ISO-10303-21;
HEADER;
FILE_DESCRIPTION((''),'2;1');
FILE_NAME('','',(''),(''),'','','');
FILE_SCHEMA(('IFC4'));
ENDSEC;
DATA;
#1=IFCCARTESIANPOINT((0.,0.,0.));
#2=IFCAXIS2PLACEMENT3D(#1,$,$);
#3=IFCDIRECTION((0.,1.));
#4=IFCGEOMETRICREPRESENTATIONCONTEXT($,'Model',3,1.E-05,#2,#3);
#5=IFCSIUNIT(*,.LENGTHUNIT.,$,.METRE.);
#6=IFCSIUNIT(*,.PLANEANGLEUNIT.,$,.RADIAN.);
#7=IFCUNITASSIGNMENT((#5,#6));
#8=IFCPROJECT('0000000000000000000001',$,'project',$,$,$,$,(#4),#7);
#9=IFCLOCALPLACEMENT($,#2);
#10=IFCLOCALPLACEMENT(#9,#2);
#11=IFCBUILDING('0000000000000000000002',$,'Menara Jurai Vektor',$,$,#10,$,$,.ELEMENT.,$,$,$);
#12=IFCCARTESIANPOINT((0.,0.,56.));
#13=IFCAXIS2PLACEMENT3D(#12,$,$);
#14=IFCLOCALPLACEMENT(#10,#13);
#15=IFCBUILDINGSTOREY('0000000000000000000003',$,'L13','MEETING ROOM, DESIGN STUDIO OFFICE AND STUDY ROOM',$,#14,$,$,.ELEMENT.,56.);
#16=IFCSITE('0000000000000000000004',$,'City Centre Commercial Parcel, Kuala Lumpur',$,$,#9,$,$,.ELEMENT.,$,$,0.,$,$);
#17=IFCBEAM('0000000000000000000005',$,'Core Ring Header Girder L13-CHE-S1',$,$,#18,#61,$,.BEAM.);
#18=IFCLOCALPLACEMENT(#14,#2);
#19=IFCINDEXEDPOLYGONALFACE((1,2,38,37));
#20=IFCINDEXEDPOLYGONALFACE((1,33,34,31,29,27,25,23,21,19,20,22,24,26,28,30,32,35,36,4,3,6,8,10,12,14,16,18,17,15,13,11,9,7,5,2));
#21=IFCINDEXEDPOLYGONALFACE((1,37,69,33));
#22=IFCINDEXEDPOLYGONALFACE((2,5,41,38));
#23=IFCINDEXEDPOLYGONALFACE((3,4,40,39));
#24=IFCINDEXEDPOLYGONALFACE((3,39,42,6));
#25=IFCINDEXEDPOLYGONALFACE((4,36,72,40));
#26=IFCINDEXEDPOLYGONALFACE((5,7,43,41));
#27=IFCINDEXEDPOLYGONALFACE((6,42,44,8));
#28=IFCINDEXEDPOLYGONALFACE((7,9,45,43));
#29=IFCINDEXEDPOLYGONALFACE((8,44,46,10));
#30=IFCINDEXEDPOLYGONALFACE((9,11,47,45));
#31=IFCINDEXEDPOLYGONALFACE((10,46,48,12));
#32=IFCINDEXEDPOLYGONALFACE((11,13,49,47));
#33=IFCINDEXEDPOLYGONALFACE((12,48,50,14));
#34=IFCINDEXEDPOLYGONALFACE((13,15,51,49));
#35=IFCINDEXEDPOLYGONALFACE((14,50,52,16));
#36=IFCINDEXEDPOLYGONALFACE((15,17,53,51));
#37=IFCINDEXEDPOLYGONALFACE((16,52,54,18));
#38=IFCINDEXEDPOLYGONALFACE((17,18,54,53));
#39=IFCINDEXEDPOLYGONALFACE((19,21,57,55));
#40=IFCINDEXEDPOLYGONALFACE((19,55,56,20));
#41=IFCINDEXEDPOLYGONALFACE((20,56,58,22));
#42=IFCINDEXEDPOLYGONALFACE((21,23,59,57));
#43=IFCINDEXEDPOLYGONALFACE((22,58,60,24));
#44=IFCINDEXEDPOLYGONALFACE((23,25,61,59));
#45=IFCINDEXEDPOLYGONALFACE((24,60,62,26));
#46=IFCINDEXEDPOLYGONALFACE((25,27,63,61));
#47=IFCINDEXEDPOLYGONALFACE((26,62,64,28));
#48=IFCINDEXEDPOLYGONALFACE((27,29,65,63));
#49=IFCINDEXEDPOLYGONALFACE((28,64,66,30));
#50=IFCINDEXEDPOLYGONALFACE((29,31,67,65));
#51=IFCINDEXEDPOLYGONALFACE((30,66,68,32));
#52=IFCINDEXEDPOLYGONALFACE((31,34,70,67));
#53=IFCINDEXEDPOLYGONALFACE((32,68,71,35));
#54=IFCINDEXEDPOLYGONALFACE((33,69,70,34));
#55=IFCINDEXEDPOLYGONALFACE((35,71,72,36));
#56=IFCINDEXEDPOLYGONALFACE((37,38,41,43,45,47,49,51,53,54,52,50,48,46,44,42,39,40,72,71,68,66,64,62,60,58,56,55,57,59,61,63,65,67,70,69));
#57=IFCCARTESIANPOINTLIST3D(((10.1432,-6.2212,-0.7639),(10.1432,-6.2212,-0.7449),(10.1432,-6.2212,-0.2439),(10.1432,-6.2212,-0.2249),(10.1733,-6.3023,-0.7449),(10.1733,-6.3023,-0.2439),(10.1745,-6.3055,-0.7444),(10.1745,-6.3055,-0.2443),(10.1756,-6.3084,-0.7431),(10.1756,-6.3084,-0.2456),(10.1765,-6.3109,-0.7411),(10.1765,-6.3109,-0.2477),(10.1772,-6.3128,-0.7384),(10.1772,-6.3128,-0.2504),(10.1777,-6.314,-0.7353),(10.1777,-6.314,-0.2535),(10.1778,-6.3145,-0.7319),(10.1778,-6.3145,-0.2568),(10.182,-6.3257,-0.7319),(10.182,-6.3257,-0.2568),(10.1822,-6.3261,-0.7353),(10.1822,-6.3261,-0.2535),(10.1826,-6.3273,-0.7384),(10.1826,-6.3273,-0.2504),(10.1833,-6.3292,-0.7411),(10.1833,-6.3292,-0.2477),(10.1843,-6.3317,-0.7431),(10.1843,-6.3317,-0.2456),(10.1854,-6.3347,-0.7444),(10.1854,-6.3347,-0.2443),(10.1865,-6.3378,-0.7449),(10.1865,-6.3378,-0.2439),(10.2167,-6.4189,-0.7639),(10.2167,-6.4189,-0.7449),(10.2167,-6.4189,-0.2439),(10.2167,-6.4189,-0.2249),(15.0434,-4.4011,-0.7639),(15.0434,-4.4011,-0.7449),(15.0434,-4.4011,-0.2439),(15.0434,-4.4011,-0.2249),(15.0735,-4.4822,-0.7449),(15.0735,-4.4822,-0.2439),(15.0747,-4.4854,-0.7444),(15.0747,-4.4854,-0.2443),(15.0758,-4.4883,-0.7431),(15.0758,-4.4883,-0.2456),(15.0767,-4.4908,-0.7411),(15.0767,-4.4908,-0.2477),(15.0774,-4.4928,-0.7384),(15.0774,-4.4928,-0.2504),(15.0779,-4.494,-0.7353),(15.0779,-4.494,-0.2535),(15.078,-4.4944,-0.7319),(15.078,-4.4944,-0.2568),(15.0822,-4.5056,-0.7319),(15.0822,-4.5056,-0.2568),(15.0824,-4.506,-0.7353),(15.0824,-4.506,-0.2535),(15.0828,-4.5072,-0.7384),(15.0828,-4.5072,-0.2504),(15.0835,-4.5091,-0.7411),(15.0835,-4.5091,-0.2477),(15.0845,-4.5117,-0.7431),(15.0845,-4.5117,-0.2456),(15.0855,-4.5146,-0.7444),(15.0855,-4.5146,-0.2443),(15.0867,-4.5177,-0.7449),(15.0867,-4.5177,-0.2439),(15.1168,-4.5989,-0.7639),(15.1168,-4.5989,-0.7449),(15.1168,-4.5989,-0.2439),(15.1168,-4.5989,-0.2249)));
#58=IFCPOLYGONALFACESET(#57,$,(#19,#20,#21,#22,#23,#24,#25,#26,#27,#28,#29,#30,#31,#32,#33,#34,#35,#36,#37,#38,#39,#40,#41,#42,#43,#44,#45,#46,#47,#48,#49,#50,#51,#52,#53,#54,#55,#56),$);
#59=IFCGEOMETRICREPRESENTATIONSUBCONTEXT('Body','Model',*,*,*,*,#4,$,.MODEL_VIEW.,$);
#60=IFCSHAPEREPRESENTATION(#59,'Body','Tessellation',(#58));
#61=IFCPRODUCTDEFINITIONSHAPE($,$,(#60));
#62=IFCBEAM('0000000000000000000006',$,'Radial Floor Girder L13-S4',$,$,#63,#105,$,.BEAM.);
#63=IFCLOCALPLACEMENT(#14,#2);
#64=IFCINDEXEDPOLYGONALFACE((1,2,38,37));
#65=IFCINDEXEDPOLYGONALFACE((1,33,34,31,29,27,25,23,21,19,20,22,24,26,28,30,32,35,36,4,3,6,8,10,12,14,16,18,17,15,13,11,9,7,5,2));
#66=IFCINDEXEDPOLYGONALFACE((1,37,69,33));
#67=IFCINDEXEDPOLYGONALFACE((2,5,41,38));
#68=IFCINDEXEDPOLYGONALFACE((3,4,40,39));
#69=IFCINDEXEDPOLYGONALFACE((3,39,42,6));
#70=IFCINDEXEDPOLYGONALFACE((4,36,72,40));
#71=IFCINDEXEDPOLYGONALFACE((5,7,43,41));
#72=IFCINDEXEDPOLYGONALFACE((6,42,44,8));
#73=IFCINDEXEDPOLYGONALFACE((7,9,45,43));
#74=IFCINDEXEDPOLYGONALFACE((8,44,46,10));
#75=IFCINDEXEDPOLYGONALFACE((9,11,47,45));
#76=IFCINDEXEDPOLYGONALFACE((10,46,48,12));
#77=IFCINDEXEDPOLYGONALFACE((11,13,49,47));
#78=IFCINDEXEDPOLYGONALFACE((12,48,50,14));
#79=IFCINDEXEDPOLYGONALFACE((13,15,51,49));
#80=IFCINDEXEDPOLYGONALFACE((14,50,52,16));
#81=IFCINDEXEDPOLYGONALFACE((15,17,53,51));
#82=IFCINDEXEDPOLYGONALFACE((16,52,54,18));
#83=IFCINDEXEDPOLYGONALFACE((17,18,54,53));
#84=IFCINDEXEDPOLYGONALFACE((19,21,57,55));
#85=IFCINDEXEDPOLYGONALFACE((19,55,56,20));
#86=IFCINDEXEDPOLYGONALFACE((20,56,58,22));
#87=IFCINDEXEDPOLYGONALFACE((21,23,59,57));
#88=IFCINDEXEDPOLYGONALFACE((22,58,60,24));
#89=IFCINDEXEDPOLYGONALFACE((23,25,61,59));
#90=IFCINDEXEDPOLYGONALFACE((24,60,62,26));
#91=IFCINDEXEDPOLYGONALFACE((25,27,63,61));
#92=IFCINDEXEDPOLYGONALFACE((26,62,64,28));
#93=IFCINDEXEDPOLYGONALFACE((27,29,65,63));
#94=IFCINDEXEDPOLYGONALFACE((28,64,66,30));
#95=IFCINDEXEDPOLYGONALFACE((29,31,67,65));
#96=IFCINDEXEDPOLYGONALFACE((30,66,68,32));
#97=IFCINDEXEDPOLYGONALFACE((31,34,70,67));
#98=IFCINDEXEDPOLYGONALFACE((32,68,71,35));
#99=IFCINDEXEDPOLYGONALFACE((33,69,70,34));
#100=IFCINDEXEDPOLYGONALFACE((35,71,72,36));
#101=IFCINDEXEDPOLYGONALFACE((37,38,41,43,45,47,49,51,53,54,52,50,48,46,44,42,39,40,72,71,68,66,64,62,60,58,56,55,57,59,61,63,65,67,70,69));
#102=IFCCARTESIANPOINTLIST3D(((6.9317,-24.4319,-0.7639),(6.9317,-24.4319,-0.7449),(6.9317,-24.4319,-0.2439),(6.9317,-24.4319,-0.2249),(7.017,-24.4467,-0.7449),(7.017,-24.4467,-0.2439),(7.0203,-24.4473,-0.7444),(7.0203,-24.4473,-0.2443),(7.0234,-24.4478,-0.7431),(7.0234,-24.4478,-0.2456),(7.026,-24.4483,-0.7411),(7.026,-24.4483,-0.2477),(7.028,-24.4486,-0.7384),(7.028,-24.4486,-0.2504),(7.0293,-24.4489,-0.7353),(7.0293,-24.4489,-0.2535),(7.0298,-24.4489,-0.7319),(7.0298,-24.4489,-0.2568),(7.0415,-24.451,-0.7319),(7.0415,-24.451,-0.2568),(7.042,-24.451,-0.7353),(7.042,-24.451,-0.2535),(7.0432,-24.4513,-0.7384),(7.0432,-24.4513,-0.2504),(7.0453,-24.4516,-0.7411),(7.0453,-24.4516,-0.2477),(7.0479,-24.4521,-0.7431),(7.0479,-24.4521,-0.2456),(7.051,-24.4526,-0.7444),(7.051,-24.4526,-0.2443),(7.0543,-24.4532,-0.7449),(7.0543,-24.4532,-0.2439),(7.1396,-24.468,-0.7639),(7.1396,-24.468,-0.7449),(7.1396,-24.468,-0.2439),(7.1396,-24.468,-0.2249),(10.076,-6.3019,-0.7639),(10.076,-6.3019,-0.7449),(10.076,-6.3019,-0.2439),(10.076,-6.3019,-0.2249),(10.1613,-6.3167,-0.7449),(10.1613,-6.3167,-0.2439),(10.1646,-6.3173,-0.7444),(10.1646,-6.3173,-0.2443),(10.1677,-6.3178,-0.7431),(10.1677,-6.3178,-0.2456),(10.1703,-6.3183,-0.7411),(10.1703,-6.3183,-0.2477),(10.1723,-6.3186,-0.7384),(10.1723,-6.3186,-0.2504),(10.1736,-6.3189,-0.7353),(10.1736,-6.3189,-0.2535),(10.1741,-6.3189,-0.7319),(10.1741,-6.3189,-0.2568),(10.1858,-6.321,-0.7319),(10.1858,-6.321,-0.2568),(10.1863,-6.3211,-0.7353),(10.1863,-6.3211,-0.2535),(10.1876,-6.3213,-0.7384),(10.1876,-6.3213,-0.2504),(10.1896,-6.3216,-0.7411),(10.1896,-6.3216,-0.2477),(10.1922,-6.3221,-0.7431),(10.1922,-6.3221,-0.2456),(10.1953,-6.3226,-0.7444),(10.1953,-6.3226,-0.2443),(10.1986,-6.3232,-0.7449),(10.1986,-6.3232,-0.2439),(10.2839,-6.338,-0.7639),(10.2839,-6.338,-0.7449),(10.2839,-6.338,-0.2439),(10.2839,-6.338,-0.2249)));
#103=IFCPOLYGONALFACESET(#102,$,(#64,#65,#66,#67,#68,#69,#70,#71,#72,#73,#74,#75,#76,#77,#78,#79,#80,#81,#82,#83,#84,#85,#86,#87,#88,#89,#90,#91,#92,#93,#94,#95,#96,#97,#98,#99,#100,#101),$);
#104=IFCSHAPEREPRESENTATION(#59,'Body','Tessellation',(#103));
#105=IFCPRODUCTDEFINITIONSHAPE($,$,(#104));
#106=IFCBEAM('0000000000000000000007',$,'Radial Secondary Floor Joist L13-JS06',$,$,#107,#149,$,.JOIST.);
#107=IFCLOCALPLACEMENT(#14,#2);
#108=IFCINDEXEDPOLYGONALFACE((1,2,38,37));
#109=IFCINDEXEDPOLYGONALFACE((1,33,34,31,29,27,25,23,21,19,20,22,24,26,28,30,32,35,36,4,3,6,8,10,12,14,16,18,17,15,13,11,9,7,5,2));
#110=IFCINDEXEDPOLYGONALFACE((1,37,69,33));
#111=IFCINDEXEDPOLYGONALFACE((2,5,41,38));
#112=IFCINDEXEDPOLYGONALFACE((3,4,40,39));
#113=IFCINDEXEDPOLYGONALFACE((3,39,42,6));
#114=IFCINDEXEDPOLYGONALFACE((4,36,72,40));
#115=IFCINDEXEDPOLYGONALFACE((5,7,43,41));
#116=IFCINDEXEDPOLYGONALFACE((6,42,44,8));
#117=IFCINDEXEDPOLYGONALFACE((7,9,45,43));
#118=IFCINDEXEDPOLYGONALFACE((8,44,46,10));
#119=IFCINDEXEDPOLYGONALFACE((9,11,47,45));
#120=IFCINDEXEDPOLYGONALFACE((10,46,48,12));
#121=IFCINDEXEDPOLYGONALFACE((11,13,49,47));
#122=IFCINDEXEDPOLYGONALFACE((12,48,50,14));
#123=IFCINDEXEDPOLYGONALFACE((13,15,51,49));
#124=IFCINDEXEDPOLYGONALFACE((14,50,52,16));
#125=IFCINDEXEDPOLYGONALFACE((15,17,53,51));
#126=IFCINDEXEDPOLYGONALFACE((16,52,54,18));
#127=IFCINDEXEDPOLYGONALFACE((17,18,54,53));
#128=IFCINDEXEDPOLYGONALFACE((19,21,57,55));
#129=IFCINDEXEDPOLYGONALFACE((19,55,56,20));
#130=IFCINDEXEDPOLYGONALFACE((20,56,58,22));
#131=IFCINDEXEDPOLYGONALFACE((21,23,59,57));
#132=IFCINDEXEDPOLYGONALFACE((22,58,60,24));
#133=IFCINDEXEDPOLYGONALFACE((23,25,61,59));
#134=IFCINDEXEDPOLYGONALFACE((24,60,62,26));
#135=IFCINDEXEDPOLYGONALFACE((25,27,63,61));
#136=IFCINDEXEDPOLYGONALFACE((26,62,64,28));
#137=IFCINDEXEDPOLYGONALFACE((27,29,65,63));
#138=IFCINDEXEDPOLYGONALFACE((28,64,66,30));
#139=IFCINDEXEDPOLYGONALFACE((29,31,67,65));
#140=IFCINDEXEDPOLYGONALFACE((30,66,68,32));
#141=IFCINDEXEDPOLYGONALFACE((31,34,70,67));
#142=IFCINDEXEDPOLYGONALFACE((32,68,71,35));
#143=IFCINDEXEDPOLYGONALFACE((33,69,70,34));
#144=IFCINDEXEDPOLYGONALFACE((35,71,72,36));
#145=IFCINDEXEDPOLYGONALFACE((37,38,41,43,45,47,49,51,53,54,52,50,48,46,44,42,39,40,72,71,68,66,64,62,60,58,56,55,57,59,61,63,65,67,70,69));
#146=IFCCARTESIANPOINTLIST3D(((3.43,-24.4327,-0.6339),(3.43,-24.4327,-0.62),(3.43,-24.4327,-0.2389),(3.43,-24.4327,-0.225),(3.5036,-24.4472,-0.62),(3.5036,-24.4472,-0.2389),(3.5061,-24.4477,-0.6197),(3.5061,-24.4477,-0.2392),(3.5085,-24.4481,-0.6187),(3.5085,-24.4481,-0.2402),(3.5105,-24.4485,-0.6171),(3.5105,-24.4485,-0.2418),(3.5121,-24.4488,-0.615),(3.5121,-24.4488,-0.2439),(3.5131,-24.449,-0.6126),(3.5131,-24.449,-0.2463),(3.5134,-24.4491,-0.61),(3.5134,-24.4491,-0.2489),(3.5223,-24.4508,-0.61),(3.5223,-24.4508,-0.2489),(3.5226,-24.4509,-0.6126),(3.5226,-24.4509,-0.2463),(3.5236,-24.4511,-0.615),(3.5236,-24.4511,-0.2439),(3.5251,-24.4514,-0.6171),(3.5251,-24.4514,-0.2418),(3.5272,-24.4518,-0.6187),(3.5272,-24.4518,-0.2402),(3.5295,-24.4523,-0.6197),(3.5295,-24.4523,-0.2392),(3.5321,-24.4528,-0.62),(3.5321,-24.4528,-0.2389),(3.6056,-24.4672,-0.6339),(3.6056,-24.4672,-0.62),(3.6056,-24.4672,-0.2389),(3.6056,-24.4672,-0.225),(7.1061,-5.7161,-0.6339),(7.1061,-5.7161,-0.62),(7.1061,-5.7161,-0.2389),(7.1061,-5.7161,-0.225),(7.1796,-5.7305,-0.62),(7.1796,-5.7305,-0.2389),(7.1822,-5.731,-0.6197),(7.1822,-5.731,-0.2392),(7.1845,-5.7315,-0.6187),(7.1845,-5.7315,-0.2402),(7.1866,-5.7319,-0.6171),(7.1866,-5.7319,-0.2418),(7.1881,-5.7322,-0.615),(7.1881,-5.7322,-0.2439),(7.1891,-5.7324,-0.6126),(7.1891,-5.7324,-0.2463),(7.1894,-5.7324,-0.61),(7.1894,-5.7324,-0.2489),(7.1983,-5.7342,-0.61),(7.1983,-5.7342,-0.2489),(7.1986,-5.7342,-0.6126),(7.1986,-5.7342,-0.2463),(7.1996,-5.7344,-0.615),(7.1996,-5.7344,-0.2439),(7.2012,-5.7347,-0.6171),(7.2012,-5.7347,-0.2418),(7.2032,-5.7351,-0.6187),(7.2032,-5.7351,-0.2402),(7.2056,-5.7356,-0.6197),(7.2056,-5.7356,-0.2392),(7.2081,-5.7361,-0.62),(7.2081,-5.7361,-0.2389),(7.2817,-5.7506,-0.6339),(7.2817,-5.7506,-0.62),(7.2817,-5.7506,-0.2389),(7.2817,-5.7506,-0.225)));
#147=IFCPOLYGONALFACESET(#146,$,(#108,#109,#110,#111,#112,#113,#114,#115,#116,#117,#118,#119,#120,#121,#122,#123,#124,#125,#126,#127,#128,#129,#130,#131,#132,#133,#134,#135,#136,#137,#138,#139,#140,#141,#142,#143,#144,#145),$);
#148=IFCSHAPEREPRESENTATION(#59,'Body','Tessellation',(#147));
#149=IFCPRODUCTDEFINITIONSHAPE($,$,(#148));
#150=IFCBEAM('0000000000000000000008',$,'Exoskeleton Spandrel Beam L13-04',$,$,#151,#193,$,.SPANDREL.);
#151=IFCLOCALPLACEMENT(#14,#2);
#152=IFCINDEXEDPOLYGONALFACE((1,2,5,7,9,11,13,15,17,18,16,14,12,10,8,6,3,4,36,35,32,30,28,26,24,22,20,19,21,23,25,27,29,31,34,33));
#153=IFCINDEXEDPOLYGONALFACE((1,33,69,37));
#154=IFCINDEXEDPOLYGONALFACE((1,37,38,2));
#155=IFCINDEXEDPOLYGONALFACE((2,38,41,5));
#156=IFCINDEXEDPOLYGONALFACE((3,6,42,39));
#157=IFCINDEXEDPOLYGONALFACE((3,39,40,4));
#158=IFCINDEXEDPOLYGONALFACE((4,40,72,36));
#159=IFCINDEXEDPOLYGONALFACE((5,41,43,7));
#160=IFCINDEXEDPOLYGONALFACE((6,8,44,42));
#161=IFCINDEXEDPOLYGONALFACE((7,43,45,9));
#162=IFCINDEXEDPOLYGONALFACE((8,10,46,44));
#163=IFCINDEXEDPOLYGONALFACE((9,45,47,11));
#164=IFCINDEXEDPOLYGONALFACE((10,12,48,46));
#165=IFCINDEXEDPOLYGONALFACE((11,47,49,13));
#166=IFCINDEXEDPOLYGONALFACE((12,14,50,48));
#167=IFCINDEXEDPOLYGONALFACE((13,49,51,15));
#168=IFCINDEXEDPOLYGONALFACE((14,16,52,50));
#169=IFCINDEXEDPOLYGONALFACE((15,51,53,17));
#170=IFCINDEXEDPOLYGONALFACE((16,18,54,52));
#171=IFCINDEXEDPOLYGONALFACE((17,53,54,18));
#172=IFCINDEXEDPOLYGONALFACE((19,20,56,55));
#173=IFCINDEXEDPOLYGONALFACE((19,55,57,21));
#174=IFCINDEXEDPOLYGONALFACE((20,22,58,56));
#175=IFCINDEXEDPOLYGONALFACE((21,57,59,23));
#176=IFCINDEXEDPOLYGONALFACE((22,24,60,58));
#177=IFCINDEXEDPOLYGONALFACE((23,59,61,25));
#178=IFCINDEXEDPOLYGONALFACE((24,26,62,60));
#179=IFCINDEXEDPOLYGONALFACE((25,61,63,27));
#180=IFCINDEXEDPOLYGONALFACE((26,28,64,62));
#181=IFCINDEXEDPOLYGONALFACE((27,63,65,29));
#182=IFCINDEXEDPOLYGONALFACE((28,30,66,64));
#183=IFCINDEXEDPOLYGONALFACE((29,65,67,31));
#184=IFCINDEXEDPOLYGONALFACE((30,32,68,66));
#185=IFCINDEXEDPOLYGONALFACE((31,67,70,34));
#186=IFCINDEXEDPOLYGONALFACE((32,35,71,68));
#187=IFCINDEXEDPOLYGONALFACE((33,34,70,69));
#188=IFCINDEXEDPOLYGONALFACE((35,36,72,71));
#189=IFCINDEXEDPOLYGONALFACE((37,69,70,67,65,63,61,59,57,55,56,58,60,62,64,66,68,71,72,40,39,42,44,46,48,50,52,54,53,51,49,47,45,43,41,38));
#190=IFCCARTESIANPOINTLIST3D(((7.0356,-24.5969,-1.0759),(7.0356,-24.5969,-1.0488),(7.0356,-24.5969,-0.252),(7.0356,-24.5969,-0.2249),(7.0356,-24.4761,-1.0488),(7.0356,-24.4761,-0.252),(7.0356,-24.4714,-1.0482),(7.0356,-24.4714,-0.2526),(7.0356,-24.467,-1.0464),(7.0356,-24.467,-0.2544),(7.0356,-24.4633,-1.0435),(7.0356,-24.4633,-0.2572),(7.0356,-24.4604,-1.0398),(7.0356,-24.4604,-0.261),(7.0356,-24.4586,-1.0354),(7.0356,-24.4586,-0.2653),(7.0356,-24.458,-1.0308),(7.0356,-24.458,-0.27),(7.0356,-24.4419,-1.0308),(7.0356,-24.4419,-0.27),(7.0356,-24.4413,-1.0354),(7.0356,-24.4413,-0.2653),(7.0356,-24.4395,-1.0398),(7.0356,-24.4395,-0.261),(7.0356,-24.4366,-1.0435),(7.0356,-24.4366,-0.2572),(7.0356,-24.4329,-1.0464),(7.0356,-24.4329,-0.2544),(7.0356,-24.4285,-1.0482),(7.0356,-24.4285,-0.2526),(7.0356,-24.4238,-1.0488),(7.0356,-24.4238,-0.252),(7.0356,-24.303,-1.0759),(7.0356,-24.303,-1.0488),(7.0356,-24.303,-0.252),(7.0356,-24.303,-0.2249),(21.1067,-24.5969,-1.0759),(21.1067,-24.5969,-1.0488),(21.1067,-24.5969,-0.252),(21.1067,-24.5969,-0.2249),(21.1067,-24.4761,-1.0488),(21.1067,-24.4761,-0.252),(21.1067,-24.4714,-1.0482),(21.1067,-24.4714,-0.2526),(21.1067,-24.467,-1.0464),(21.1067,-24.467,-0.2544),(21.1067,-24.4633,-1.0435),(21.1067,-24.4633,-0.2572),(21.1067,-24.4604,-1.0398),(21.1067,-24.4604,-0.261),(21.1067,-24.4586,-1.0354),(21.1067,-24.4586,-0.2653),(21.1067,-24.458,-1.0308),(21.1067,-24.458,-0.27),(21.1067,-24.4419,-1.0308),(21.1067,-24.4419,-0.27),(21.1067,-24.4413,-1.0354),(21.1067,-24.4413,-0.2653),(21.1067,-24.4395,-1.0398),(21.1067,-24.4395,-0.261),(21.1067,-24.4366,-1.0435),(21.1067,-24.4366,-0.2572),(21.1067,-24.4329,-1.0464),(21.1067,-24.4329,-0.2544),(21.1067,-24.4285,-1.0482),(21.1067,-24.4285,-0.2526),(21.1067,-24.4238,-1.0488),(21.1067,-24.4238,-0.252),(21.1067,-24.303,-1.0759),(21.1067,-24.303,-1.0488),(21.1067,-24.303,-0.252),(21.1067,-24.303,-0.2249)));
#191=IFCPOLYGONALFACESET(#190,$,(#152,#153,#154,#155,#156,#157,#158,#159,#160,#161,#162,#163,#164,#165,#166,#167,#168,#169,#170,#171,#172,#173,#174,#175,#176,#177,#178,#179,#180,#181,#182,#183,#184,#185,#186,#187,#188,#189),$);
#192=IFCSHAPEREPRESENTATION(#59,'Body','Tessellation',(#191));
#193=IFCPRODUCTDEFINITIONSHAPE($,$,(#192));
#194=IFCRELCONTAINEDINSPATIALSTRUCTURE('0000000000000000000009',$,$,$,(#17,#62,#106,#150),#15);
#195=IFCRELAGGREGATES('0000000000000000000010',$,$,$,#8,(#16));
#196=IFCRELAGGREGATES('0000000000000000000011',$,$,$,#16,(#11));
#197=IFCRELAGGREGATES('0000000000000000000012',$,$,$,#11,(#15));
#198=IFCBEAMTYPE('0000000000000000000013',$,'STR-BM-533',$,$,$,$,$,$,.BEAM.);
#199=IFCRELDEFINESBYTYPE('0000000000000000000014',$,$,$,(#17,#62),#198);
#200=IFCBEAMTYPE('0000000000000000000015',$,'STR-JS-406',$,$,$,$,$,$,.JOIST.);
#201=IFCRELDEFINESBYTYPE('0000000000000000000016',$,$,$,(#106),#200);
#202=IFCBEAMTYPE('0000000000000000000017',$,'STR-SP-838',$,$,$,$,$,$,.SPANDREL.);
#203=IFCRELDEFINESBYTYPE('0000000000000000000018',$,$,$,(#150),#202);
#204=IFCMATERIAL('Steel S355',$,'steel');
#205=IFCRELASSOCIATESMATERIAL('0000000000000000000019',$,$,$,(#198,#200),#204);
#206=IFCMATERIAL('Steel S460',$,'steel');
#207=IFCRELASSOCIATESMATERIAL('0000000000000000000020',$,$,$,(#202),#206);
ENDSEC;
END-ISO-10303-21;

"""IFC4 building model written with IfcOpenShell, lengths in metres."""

from ifc_helpers import new_model, si_unit, direction, frame, origin, origin_2d, place, context, subcontext, project, spatial, i_section, extrude, material, material_profile, profile_set, type_object, element, save


model = new_model("IFC4")

# Units and contexts
model_context = context("Model", 3, precision=1e-05, world=origin(), true_north=direction((0.0, 1.0)))
body_context = subcontext(model_context, "Body", "Model", "MODEL_VIEW")
ifc_project = project(units=[si_unit("LENGTHUNIT", "METRE"), si_unit("PLANEANGLEUNIT", "RADIAN")], contexts=[model_context])

# Site, building, storey
site_placement = place(None, origin())
site = spatial("IfcSite", under=ifc_project, at=site_placement, Name="City Centre Commercial Parcel, Kuala Lumpur", CompositionType="ELEMENT", RefElevation=0.0)
building_placement = place(site_placement, origin())
building = spatial("IfcBuilding", under=site, at=building_placement, Name="Menara Jurai Vektor", CompositionType="ELEMENT")
storey_placement = place(building_placement, frame((0.0, 0.0, 56.0)))
storey = spatial("IfcBuildingStorey", under=building, at=storey_placement, Name="L13", Description="MEETING ROOM, DESIGN STUDIO OFFICE AND STUDY ROOM", CompositionType="ELEMENT", Elevation=56.0)

# Shared definitions
ifc_material_1 = material(Name="Steel S460", Category="steel")

# Beams
ifc_material_2 = material(Name="Steel S355", Category="steel")
ifc_material_profile_1 = material_profile(ifc_material_2, i_section(OverallWidth=0.2109, OverallDepth=0.5391, WebThickness=0.012, FlangeThickness=0.019, FilletRadius=0.0129, at=origin_2d()), Name="UKB 533x210x109")
ifc_profile_set_1 = profile_set([ifc_material_profile_1], Name="Steel S355")
beam_type_1 = type_object("IfcBeamType", Name="STR-BM-533", PredefinedType="BEAM", material=ifc_profile_set_1)
beam_1_placement = place(storey_placement, frame((10.1799, -6.3201, -0.4944), z_axis=(0.937424, 0.348189, 0.0), x_axis=(-0.348189, 0.937424, 0.0)))
element("IfcBeam", 1, at=beam_1_placement, inside=storey, type_object=beam_type_1, Name="Core Ring Header Girder L13-CHE-S1", PredefinedType="BEAM", context=body_context, shape_type="SweptSolid", body=[
    extrude(i_section(OverallWidth=0.2109, OverallDepth=0.5391, WebThickness=0.012, FlangeThickness=0.019, FilletRadius=0.0129, at=origin_2d()), origin(), (0.0, 0.0, 1.0), 5.2273),
])
beam_2_placement = place(storey_placement, frame((7.0356, -24.45, -0.4944), z_axis=(0.17088, 0.985292, 0.0), x_axis=(-0.985292, 0.17088, 0.0)))
element("IfcBeam", 2, at=beam_2_placement, inside=storey, type_object=beam_type_1, Name="Radial Floor Girder L13-S4", PredefinedType="BEAM", context=body_context, shape_type="SweptSolid", body=[
    extrude(i_section(OverallWidth=0.2109, OverallDepth=0.5391, WebThickness=0.012, FlangeThickness=0.019, FilletRadius=0.0129, at=origin_2d()), origin(), (0.0, 0.0, 1.0), 18.4006),
])
ifc_material_profile_2 = material_profile(ifc_material_2, i_section(OverallWidth=0.179, OverallDepth=0.4089, WebThickness=0.009, FlangeThickness=0.0139, FilletRadius=0.01, at=origin_2d()), Name="UKB 406x178x67")
ifc_profile_set_2 = profile_set([ifc_material_profile_2], Name="Steel S355")
beam_type_2 = type_object("IfcBeamType", Name="STR-JS-406", PredefinedType="JOIST", material=ifc_profile_set_2)
beam_3_placement = place(storey_placement, frame((3.5178, -24.45, -0.4294), z_axis=(0.192723, 0.981253, 0.0), x_axis=(-0.981253, 0.192723, 0.0)))
element("IfcBeam", 3, at=beam_3_placement, inside=storey, type_object=beam_type_2, Name="Radial Secondary Floor Joist L13-JS06", PredefinedType="JOIST", context=body_context, shape_type="SweptSolid", body=[
    extrude(i_section(OverallWidth=0.179, OverallDepth=0.4089, WebThickness=0.009, FlangeThickness=0.0139, FilletRadius=0.01, at=origin_2d()), origin(), (0.0, 0.0, 1.0), 19.0742),
])
ifc_material_profile_3 = material_profile(ifc_material_1, i_section(OverallWidth=0.2939, OverallDepth=0.8511, WebThickness=0.0161, FlangeThickness=0.0271, FilletRadius=0.0181, at=origin_2d()), Name="UKB 838x292x226")
ifc_profile_set_3 = profile_set([ifc_material_profile_3], Name="Steel S460")
beam_type_3 = type_object("IfcBeamType", Name="STR-SP-838", PredefinedType="SPANDREL", material=ifc_profile_set_3)
beam_4_placement = place(storey_placement, frame((7.0356, -24.45, -0.6504), z_axis=(1.0, 0.0, 0.0), x_axis=(0.0, 1.0, 0.0)))
element("IfcBeam", 4, at=beam_4_placement, inside=storey, type_object=beam_type_3, Name="Exoskeleton Spandrel Beam L13-04", PredefinedType="SPANDREL", context=body_context, shape_type="SweptSolid", body=[
    extrude(i_section(OverallWidth=0.2939, OverallDepth=0.8511, WebThickness=0.0161, FlangeThickness=0.0271, FilletRadius=0.0181, at=origin_2d()), origin(), (0.0, 0.0, 1.0), 14.071),
])

save(model, "model.ifc")
